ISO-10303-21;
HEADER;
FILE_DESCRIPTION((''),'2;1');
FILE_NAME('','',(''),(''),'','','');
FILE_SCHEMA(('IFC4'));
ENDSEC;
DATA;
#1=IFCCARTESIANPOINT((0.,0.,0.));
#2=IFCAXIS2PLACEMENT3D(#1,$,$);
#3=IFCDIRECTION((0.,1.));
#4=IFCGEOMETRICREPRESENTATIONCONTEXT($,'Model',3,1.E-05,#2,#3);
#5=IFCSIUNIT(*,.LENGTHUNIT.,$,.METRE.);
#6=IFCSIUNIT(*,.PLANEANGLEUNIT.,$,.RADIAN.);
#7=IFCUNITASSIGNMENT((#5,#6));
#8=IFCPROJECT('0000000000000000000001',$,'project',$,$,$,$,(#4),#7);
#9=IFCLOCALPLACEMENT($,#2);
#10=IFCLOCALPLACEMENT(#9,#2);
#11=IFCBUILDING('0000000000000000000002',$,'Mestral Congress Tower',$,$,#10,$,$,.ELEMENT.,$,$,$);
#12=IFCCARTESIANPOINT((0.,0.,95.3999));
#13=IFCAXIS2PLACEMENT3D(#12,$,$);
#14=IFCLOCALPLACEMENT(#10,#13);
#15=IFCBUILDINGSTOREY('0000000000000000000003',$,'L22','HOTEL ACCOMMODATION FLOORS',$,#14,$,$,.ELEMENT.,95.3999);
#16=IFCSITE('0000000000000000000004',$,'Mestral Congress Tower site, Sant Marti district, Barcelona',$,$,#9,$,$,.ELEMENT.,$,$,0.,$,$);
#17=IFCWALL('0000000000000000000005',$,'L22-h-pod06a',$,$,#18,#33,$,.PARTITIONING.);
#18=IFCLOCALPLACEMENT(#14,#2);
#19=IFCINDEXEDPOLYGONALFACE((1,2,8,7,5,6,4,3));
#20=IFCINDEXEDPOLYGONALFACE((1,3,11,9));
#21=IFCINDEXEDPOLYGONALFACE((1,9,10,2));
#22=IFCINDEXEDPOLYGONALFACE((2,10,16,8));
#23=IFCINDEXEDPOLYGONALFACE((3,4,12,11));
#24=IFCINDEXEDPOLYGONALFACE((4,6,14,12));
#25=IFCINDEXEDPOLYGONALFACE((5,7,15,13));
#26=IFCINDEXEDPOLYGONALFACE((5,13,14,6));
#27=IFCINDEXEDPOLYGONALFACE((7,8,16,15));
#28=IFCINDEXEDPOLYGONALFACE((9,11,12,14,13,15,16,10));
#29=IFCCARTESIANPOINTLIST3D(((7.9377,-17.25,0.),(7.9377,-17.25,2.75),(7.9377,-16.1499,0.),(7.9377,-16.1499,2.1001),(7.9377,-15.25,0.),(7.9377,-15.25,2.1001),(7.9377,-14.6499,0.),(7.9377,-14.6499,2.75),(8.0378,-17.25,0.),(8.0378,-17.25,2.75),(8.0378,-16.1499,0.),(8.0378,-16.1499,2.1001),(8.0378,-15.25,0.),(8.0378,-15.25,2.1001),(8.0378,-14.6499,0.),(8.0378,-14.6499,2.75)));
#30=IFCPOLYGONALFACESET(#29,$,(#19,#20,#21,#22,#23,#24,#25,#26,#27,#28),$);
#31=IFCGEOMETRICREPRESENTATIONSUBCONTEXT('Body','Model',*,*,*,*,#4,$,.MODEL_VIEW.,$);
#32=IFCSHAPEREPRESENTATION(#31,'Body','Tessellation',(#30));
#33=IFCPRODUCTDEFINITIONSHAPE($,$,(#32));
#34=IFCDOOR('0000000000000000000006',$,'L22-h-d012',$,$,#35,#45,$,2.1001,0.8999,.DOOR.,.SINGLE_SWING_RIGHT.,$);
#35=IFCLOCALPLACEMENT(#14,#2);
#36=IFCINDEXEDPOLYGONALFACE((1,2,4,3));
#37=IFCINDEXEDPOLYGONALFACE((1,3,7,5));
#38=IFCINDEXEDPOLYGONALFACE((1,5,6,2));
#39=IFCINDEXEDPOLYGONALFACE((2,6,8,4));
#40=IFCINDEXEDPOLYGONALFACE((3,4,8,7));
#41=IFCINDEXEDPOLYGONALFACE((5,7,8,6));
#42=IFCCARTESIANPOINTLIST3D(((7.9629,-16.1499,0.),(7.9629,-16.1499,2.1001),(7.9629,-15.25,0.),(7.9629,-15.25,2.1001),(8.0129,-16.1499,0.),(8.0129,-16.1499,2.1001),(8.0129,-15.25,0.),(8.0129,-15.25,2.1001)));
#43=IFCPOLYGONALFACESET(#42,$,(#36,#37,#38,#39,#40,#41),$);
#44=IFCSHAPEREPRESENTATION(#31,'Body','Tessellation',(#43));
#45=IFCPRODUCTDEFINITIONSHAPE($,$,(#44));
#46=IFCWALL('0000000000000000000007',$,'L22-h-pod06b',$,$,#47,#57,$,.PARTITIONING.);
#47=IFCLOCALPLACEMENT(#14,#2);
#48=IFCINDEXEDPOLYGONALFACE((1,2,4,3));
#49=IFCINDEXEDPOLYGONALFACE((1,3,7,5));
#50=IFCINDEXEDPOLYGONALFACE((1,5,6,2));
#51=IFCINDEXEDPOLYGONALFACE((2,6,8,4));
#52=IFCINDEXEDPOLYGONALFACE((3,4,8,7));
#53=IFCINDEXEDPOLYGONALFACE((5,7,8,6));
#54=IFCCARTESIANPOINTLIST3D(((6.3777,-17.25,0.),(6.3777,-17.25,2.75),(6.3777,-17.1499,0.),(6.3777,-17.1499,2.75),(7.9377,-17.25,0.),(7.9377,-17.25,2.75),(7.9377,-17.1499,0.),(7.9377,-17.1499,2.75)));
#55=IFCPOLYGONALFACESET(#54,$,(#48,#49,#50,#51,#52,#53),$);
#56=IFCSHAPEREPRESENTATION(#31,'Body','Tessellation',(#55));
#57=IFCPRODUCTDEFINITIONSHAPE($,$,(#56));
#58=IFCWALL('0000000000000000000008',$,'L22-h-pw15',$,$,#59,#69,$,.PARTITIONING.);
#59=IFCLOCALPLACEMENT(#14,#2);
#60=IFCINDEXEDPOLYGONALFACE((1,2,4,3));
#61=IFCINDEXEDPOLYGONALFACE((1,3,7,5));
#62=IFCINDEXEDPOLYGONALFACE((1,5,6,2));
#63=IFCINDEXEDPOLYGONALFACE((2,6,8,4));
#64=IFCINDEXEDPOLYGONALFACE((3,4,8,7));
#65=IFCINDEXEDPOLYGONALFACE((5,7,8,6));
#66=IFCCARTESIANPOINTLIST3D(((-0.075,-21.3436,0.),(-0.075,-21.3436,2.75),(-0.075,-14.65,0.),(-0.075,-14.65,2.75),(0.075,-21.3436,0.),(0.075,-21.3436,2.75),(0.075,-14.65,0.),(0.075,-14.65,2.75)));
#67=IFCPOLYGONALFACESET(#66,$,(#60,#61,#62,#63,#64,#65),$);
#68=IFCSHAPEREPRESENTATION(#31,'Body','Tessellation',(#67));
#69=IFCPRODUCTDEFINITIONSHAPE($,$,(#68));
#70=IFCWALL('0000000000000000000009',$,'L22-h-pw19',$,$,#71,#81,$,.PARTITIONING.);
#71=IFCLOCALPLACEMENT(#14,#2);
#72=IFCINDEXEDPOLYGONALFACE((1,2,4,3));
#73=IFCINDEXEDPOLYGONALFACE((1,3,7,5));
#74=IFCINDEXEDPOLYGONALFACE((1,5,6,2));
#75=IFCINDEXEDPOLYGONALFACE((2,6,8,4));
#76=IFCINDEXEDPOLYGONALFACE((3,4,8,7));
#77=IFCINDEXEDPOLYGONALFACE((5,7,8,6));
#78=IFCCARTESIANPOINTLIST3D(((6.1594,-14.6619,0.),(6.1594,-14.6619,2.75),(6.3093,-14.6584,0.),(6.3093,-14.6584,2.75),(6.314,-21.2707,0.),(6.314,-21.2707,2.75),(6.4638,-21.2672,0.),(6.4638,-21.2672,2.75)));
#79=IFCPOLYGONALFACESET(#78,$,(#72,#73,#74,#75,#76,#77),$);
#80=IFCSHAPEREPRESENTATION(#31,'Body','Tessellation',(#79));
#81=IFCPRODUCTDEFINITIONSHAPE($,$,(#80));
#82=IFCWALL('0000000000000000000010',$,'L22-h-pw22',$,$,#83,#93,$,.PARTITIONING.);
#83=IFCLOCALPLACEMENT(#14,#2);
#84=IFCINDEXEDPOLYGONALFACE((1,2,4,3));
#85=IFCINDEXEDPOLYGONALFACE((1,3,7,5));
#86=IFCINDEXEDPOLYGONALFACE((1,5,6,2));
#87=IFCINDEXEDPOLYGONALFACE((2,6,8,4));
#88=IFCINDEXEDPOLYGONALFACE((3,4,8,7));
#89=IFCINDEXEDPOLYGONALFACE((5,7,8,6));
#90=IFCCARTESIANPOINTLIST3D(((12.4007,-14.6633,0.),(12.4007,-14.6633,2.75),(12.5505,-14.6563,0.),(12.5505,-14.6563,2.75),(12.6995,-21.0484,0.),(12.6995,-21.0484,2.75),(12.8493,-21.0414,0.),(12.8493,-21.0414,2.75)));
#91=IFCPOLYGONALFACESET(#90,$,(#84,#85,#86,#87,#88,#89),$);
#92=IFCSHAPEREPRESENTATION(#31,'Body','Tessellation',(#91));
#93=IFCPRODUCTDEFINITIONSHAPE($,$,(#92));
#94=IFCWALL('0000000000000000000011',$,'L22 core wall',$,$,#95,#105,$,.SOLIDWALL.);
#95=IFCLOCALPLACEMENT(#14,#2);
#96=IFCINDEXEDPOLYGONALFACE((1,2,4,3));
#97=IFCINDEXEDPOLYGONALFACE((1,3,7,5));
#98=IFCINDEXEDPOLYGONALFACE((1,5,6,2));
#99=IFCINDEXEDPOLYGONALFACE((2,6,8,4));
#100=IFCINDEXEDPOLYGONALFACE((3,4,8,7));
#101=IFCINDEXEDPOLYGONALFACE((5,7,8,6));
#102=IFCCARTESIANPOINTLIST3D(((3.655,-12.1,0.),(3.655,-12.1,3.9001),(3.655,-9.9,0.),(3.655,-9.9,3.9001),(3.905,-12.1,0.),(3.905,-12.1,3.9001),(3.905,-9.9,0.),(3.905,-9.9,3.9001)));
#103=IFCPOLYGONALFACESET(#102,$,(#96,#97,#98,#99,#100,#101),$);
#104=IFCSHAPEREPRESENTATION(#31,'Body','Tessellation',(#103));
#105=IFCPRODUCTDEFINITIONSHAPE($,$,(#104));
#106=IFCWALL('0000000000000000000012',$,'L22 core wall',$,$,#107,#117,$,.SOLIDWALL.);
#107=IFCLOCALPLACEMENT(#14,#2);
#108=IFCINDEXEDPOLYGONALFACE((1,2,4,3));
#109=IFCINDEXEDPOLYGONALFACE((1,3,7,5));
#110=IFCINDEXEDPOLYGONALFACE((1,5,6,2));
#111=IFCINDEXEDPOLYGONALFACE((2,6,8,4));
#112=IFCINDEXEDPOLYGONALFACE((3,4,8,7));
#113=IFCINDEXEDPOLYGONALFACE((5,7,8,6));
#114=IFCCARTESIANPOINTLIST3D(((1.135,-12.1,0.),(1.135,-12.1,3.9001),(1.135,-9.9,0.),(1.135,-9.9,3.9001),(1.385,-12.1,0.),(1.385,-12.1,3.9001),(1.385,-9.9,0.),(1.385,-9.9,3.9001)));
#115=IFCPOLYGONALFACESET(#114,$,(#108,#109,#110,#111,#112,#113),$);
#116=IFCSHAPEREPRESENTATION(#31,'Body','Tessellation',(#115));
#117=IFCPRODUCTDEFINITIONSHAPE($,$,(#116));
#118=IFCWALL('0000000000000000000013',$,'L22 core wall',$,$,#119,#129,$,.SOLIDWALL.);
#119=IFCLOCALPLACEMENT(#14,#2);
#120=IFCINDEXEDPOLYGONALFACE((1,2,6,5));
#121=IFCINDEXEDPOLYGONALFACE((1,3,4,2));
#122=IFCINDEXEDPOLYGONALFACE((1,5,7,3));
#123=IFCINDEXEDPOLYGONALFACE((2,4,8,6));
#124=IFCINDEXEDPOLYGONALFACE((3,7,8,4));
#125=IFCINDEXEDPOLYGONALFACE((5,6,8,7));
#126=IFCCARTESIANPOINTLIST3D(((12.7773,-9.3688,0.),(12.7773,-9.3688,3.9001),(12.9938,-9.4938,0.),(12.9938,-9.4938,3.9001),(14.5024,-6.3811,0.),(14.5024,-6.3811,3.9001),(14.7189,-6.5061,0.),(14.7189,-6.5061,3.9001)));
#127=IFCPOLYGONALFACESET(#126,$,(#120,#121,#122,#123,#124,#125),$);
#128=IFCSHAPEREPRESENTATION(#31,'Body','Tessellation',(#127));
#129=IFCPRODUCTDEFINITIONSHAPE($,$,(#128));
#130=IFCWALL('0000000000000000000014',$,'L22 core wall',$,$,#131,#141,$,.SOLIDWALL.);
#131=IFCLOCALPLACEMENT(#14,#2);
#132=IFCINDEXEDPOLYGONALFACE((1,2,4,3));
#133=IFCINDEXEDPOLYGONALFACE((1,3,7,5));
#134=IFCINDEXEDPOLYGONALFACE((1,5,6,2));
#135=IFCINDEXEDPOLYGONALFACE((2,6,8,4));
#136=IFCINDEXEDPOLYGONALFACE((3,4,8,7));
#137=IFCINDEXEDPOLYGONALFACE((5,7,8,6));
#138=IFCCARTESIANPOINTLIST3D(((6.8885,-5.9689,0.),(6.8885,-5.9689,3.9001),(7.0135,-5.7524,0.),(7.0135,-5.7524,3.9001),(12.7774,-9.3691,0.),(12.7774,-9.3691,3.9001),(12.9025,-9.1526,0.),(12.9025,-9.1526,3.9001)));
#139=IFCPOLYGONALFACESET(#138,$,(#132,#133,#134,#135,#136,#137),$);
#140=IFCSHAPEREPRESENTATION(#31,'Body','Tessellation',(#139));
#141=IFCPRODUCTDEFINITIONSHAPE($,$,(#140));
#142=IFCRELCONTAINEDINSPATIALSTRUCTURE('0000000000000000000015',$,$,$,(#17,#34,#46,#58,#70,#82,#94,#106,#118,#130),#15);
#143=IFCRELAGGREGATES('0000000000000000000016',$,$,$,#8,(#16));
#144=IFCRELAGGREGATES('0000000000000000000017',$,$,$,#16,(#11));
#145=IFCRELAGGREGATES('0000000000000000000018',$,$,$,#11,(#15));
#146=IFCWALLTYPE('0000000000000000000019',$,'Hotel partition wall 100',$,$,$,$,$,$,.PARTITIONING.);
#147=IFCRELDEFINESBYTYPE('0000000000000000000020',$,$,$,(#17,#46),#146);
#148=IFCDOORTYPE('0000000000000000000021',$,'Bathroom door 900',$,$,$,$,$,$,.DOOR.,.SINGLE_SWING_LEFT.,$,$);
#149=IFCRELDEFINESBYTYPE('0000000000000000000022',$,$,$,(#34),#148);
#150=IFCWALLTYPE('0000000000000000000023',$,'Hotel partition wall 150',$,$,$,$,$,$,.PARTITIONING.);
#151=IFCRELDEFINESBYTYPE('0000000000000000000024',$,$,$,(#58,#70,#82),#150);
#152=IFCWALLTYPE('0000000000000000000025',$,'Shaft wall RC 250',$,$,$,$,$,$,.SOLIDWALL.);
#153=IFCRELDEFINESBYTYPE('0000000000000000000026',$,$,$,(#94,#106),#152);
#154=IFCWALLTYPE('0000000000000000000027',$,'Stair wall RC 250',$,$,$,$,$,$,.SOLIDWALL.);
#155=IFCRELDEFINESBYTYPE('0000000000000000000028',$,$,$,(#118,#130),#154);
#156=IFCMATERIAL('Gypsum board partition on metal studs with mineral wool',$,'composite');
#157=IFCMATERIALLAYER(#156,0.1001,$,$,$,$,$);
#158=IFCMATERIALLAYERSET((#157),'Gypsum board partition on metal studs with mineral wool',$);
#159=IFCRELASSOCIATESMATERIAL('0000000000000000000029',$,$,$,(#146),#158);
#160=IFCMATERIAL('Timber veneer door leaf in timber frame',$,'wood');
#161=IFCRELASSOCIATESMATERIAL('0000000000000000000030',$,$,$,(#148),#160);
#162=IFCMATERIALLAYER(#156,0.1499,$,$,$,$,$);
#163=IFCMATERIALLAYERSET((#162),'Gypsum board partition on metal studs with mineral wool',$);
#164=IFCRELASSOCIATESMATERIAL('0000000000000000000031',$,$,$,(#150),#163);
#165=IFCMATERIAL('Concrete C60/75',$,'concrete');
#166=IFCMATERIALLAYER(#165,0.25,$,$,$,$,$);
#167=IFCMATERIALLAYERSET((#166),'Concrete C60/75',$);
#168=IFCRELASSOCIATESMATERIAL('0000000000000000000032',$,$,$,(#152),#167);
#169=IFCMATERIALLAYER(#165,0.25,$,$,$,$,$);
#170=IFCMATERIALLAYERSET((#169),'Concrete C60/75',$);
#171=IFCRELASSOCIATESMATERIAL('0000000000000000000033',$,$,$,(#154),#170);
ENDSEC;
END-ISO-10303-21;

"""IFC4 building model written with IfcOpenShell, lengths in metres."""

from ifc_helpers import new_model, si_unit, direction, frame, frame_2d, origin, place, context, subcontext, project, spatial, rectangle, extrude, material, layer, layer_set, type_object, element, fill, save


model = new_model("IFC4")

# Units and contexts
model_context = context("Model", 3, precision=1e-05, world=origin(), true_north=direction((0.0, 1.0)))
body_context = subcontext(model_context, "Body", "Model", "MODEL_VIEW")
ifc_project = project(units=[si_unit("LENGTHUNIT", "METRE"), si_unit("PLANEANGLEUNIT", "RADIAN")], contexts=[model_context])

# Site, building, storey
site_placement = place(None, origin())
site = spatial("IfcSite", under=ifc_project, at=site_placement, Name="Mestral Congress Tower site, Sant Marti district, Barcelona", CompositionType="ELEMENT", RefElevation=0.0)
building_placement = place(site_placement, origin())
building = spatial("IfcBuilding", under=site, at=building_placement, Name="Mestral Congress Tower", CompositionType="ELEMENT")
storey_placement = place(building_placement, frame((0.0, 0.0, 95.3999)))
storey = spatial("IfcBuildingStorey", under=building, at=storey_placement, Name="L22", Description="HOTEL ACCOMMODATION FLOORS", CompositionType="ELEMENT", Elevation=95.3999)

# Shared definitions
ifc_material_1 = material(Name="Concrete C60/75", Category="concrete")

# Shared definitions
ifc_material_2 = material(Name="Gypsum board partition on metal studs with mineral wool", Category="composite")
ifc_layer_1 = layer(ifc_material_2, 0.1001)
ifc_layer_set_1 = layer_set([ifc_layer_1], Name="Gypsum board partition on metal studs with mineral wool")
wall_type_1 = type_object("IfcWallType", Name="Hotel partition wall 100", PredefinedType="PARTITIONING", material=ifc_layer_set_1)
ifc_material_3 = material(Name="Timber veneer door leaf in timber frame", Category="wood")
door_type_1 = type_object("IfcDoorType", Name="Bathroom door 900", OperationType="SINGLE_SWING_LEFT", PredefinedType="DOOR", material=ifc_material_3)

# Wall, opening, door
wall_1_placement = place(storey_placement, frame((7.9878, -17.25, 0.0), z_axis=(0.0, 0.0, 1.0), x_axis=(0.0, 1.0, 0.0)))
wall_1 = element("IfcWall", 1, at=wall_1_placement, inside=storey, type_object=wall_type_1, Name="L22-h-pod06a", PredefinedType="PARTITIONING", context=body_context, shape_type="SweptSolid", body=[
    extrude(rectangle(XDim=2.6001, YDim=0.1001, at=frame_2d((1.3, 0.0))), origin(), (0.0, 0.0, 1.0), 2.75),
])
opening_1_placement = place(wall_1_placement, frame((1.1001, 0.0, 0.0)))
opening_1 = element("IfcOpeningElement", 2, at=opening_1_placement, cuts=wall_1, PredefinedType="OPENING", context=body_context, shape_type="SweptSolid", body=[
    extrude(rectangle(XDim=0.8999, YDim=2.1001, at=frame_2d((0.45, 1.05))), frame((0.0, 0.0601, 0.0), z_axis=(0.0, -1.0, 0.0), x_axis=(1.0, 0.0, 0.0)), (0.0, 0.0, 1.0), 0.1201),
])
door_1_placement = place(opening_1_placement, origin())
door_1 = element("IfcDoor", 3, at=door_1_placement, inside=storey, type_object=door_type_1, Name="L22-h-d012", OperationType="SINGLE_SWING_RIGHT", OverallHeight=2.1001, OverallWidth=0.8999, PredefinedType="DOOR", context=body_context, shape_type="SweptSolid", body=[
    extrude(rectangle(XDim=0.8999, YDim=2.1001, at=frame_2d((0.45, 1.05))), frame((0.0, 0.0249, 0.0), z_axis=(0.0, -1.0, 0.0), x_axis=(1.0, 0.0, 0.0)), (0.0, 0.0, 1.0), 0.05),
])
fill(opening_1, door_1)

# Walls
wall_2_placement = place(storey_placement, frame((7.9377, -17.2, 0.0), z_axis=(0.0, 0.0, 1.0), x_axis=(-1.0, 0.0, 0.0)))
element("IfcWall", 4, at=wall_2_placement, inside=storey, type_object=wall_type_1, Name="L22-h-pod06b", PredefinedType="PARTITIONING", context=body_context, shape_type="SweptSolid", body=[
    extrude(rectangle(XDim=1.5601, YDim=0.1001, at=frame_2d((0.78, 0.0))), origin(), (0.0, 0.0, 1.0), 2.75),
])
ifc_layer_2 = layer(ifc_material_2, 0.1499)
ifc_layer_set_2 = layer_set([ifc_layer_2], Name="Gypsum board partition on metal studs with mineral wool")
wall_type_2 = type_object("IfcWallType", Name="Hotel partition wall 150", PredefinedType="PARTITIONING", material=ifc_layer_set_2)
wall_3_placement = place(storey_placement, frame((0.0, -21.3435, 0.0), z_axis=(0.0, 0.0, 1.0), x_axis=(0.0, 1.0, 0.0)))
element("IfcWall", 5, at=wall_3_placement, inside=storey, type_object=wall_type_2, Name="L22-h-pw15", PredefinedType="PARTITIONING", context=body_context, shape_type="SweptSolid", body=[
    extrude(rectangle(XDim=6.6936, YDim=0.1499, at=frame_2d((3.3467, 0.0))), origin(), (0.0, 0.0, 1.0), 2.75),
])
wall_4_placement = place(storey_placement, frame((6.3889, -21.2688, 0.0), z_axis=(0.0, 0.0, 1.0), x_axis=(-0.023377, 0.999727, 0.0)))
element("IfcWall", 6, at=wall_4_placement, inside=storey, type_object=wall_type_2, Name="L22-h-pw19", PredefinedType="PARTITIONING", context=body_context, shape_type="SweptSolid", body=[
    extrude(rectangle(XDim=6.6106, YDim=0.1499, at=frame_2d((3.3052, 0.0))), origin(), (0.0, 0.0, 1.0), 2.75),
])
wall_5_placement = place(storey_placement, frame((12.7744, -21.0449, 0.0), z_axis=(0.0, 0.0, 1.0), x_axis=(-0.04675, 0.998907, 0.0)))
element("IfcWall", 7, at=wall_5_placement, inside=storey, type_object=wall_type_2, Name="L22-h-pw22", PredefinedType="PARTITIONING", context=body_context, shape_type="SweptSolid", body=[
    extrude(rectangle(XDim=6.3921, YDim=0.1499, at=frame_2d((3.196, 0.0))), origin(), (0.0, 0.0, 1.0), 2.75),
])
ifc_layer_3 = layer(ifc_material_1, 0.25)
ifc_layer_set_3 = layer_set([ifc_layer_3], Name="Concrete C60/75")
wall_type_3 = type_object("IfcWallType", Name="Shaft wall RC 250", PredefinedType="SOLIDWALL", material=ifc_layer_set_3)
for number, where, z_axis, x_axis, name in (
    (8, (3.78, -12.1001, 0.0), (0.0, 0.0, 1.0), (0.0, 1.0, 0.0), "L22 core wall"),
    (9, (1.26, -12.1001, 0.0), (0.0, 0.0, 1.0), (0.0, 1.0, 0.0), "L22 core wall"),
):
    element("IfcWall", number, at=place(storey_placement, frame(where, z_axis=z_axis, x_axis=x_axis)), inside=storey, type_object=wall_type_3, Name=name, PredefinedType="SOLIDWALL", context=body_context, shape_type="SweptSolid", body=[
        extrude(rectangle(XDim=2.2, YDim=0.25, at=frame_2d((1.1001, 0.0))), origin(), (0.0, 0.0, 1.0), 3.9001),
    ])
ifc_layer_4 = layer(ifc_material_1, 0.25)
ifc_layer_set_4 = layer_set([ifc_layer_4], Name="Concrete C60/75")
wall_type_4 = type_object("IfcWallType", Name="Stair wall RC 250", PredefinedType="SOLIDWALL", material=ifc_layer_set_4)
wall_6_placement = place(storey_placement, frame((12.8855, -9.4314, 0.0), z_axis=(0.0, 0.0, 1.0), x_axis=(0.500021, 0.866014, 0.0)))
element("IfcWall", 10, at=wall_6_placement, inside=storey, type_object=wall_type_4, Name="L22 core wall", PredefinedType="SOLIDWALL", context=body_context, shape_type="SweptSolid", body=[
    extrude(rectangle(XDim=3.45, YDim=0.25, at=frame_2d((1.7251, 0.0))), origin(), (0.0, 0.0, 1.0), 3.9001),
])
wall_7_placement = place(storey_placement, frame((12.8398, -9.2607, 0.0), z_axis=(0.0, 0.0, 1.0), x_axis=(-0.866014, 0.50002, 0.0)))
element("IfcWall", 11, at=wall_7_placement, inside=storey, type_object=wall_type_4, Name="L22 core wall", PredefinedType="SOLIDWALL", context=body_context, shape_type="SweptSolid", body=[
    extrude(rectangle(XDim=6.8, YDim=0.25, at=frame_2d((3.3999, 0.0))), origin(), (0.0, 0.0, 1.0), 3.9001),
])

save(model, "model.ifc")
